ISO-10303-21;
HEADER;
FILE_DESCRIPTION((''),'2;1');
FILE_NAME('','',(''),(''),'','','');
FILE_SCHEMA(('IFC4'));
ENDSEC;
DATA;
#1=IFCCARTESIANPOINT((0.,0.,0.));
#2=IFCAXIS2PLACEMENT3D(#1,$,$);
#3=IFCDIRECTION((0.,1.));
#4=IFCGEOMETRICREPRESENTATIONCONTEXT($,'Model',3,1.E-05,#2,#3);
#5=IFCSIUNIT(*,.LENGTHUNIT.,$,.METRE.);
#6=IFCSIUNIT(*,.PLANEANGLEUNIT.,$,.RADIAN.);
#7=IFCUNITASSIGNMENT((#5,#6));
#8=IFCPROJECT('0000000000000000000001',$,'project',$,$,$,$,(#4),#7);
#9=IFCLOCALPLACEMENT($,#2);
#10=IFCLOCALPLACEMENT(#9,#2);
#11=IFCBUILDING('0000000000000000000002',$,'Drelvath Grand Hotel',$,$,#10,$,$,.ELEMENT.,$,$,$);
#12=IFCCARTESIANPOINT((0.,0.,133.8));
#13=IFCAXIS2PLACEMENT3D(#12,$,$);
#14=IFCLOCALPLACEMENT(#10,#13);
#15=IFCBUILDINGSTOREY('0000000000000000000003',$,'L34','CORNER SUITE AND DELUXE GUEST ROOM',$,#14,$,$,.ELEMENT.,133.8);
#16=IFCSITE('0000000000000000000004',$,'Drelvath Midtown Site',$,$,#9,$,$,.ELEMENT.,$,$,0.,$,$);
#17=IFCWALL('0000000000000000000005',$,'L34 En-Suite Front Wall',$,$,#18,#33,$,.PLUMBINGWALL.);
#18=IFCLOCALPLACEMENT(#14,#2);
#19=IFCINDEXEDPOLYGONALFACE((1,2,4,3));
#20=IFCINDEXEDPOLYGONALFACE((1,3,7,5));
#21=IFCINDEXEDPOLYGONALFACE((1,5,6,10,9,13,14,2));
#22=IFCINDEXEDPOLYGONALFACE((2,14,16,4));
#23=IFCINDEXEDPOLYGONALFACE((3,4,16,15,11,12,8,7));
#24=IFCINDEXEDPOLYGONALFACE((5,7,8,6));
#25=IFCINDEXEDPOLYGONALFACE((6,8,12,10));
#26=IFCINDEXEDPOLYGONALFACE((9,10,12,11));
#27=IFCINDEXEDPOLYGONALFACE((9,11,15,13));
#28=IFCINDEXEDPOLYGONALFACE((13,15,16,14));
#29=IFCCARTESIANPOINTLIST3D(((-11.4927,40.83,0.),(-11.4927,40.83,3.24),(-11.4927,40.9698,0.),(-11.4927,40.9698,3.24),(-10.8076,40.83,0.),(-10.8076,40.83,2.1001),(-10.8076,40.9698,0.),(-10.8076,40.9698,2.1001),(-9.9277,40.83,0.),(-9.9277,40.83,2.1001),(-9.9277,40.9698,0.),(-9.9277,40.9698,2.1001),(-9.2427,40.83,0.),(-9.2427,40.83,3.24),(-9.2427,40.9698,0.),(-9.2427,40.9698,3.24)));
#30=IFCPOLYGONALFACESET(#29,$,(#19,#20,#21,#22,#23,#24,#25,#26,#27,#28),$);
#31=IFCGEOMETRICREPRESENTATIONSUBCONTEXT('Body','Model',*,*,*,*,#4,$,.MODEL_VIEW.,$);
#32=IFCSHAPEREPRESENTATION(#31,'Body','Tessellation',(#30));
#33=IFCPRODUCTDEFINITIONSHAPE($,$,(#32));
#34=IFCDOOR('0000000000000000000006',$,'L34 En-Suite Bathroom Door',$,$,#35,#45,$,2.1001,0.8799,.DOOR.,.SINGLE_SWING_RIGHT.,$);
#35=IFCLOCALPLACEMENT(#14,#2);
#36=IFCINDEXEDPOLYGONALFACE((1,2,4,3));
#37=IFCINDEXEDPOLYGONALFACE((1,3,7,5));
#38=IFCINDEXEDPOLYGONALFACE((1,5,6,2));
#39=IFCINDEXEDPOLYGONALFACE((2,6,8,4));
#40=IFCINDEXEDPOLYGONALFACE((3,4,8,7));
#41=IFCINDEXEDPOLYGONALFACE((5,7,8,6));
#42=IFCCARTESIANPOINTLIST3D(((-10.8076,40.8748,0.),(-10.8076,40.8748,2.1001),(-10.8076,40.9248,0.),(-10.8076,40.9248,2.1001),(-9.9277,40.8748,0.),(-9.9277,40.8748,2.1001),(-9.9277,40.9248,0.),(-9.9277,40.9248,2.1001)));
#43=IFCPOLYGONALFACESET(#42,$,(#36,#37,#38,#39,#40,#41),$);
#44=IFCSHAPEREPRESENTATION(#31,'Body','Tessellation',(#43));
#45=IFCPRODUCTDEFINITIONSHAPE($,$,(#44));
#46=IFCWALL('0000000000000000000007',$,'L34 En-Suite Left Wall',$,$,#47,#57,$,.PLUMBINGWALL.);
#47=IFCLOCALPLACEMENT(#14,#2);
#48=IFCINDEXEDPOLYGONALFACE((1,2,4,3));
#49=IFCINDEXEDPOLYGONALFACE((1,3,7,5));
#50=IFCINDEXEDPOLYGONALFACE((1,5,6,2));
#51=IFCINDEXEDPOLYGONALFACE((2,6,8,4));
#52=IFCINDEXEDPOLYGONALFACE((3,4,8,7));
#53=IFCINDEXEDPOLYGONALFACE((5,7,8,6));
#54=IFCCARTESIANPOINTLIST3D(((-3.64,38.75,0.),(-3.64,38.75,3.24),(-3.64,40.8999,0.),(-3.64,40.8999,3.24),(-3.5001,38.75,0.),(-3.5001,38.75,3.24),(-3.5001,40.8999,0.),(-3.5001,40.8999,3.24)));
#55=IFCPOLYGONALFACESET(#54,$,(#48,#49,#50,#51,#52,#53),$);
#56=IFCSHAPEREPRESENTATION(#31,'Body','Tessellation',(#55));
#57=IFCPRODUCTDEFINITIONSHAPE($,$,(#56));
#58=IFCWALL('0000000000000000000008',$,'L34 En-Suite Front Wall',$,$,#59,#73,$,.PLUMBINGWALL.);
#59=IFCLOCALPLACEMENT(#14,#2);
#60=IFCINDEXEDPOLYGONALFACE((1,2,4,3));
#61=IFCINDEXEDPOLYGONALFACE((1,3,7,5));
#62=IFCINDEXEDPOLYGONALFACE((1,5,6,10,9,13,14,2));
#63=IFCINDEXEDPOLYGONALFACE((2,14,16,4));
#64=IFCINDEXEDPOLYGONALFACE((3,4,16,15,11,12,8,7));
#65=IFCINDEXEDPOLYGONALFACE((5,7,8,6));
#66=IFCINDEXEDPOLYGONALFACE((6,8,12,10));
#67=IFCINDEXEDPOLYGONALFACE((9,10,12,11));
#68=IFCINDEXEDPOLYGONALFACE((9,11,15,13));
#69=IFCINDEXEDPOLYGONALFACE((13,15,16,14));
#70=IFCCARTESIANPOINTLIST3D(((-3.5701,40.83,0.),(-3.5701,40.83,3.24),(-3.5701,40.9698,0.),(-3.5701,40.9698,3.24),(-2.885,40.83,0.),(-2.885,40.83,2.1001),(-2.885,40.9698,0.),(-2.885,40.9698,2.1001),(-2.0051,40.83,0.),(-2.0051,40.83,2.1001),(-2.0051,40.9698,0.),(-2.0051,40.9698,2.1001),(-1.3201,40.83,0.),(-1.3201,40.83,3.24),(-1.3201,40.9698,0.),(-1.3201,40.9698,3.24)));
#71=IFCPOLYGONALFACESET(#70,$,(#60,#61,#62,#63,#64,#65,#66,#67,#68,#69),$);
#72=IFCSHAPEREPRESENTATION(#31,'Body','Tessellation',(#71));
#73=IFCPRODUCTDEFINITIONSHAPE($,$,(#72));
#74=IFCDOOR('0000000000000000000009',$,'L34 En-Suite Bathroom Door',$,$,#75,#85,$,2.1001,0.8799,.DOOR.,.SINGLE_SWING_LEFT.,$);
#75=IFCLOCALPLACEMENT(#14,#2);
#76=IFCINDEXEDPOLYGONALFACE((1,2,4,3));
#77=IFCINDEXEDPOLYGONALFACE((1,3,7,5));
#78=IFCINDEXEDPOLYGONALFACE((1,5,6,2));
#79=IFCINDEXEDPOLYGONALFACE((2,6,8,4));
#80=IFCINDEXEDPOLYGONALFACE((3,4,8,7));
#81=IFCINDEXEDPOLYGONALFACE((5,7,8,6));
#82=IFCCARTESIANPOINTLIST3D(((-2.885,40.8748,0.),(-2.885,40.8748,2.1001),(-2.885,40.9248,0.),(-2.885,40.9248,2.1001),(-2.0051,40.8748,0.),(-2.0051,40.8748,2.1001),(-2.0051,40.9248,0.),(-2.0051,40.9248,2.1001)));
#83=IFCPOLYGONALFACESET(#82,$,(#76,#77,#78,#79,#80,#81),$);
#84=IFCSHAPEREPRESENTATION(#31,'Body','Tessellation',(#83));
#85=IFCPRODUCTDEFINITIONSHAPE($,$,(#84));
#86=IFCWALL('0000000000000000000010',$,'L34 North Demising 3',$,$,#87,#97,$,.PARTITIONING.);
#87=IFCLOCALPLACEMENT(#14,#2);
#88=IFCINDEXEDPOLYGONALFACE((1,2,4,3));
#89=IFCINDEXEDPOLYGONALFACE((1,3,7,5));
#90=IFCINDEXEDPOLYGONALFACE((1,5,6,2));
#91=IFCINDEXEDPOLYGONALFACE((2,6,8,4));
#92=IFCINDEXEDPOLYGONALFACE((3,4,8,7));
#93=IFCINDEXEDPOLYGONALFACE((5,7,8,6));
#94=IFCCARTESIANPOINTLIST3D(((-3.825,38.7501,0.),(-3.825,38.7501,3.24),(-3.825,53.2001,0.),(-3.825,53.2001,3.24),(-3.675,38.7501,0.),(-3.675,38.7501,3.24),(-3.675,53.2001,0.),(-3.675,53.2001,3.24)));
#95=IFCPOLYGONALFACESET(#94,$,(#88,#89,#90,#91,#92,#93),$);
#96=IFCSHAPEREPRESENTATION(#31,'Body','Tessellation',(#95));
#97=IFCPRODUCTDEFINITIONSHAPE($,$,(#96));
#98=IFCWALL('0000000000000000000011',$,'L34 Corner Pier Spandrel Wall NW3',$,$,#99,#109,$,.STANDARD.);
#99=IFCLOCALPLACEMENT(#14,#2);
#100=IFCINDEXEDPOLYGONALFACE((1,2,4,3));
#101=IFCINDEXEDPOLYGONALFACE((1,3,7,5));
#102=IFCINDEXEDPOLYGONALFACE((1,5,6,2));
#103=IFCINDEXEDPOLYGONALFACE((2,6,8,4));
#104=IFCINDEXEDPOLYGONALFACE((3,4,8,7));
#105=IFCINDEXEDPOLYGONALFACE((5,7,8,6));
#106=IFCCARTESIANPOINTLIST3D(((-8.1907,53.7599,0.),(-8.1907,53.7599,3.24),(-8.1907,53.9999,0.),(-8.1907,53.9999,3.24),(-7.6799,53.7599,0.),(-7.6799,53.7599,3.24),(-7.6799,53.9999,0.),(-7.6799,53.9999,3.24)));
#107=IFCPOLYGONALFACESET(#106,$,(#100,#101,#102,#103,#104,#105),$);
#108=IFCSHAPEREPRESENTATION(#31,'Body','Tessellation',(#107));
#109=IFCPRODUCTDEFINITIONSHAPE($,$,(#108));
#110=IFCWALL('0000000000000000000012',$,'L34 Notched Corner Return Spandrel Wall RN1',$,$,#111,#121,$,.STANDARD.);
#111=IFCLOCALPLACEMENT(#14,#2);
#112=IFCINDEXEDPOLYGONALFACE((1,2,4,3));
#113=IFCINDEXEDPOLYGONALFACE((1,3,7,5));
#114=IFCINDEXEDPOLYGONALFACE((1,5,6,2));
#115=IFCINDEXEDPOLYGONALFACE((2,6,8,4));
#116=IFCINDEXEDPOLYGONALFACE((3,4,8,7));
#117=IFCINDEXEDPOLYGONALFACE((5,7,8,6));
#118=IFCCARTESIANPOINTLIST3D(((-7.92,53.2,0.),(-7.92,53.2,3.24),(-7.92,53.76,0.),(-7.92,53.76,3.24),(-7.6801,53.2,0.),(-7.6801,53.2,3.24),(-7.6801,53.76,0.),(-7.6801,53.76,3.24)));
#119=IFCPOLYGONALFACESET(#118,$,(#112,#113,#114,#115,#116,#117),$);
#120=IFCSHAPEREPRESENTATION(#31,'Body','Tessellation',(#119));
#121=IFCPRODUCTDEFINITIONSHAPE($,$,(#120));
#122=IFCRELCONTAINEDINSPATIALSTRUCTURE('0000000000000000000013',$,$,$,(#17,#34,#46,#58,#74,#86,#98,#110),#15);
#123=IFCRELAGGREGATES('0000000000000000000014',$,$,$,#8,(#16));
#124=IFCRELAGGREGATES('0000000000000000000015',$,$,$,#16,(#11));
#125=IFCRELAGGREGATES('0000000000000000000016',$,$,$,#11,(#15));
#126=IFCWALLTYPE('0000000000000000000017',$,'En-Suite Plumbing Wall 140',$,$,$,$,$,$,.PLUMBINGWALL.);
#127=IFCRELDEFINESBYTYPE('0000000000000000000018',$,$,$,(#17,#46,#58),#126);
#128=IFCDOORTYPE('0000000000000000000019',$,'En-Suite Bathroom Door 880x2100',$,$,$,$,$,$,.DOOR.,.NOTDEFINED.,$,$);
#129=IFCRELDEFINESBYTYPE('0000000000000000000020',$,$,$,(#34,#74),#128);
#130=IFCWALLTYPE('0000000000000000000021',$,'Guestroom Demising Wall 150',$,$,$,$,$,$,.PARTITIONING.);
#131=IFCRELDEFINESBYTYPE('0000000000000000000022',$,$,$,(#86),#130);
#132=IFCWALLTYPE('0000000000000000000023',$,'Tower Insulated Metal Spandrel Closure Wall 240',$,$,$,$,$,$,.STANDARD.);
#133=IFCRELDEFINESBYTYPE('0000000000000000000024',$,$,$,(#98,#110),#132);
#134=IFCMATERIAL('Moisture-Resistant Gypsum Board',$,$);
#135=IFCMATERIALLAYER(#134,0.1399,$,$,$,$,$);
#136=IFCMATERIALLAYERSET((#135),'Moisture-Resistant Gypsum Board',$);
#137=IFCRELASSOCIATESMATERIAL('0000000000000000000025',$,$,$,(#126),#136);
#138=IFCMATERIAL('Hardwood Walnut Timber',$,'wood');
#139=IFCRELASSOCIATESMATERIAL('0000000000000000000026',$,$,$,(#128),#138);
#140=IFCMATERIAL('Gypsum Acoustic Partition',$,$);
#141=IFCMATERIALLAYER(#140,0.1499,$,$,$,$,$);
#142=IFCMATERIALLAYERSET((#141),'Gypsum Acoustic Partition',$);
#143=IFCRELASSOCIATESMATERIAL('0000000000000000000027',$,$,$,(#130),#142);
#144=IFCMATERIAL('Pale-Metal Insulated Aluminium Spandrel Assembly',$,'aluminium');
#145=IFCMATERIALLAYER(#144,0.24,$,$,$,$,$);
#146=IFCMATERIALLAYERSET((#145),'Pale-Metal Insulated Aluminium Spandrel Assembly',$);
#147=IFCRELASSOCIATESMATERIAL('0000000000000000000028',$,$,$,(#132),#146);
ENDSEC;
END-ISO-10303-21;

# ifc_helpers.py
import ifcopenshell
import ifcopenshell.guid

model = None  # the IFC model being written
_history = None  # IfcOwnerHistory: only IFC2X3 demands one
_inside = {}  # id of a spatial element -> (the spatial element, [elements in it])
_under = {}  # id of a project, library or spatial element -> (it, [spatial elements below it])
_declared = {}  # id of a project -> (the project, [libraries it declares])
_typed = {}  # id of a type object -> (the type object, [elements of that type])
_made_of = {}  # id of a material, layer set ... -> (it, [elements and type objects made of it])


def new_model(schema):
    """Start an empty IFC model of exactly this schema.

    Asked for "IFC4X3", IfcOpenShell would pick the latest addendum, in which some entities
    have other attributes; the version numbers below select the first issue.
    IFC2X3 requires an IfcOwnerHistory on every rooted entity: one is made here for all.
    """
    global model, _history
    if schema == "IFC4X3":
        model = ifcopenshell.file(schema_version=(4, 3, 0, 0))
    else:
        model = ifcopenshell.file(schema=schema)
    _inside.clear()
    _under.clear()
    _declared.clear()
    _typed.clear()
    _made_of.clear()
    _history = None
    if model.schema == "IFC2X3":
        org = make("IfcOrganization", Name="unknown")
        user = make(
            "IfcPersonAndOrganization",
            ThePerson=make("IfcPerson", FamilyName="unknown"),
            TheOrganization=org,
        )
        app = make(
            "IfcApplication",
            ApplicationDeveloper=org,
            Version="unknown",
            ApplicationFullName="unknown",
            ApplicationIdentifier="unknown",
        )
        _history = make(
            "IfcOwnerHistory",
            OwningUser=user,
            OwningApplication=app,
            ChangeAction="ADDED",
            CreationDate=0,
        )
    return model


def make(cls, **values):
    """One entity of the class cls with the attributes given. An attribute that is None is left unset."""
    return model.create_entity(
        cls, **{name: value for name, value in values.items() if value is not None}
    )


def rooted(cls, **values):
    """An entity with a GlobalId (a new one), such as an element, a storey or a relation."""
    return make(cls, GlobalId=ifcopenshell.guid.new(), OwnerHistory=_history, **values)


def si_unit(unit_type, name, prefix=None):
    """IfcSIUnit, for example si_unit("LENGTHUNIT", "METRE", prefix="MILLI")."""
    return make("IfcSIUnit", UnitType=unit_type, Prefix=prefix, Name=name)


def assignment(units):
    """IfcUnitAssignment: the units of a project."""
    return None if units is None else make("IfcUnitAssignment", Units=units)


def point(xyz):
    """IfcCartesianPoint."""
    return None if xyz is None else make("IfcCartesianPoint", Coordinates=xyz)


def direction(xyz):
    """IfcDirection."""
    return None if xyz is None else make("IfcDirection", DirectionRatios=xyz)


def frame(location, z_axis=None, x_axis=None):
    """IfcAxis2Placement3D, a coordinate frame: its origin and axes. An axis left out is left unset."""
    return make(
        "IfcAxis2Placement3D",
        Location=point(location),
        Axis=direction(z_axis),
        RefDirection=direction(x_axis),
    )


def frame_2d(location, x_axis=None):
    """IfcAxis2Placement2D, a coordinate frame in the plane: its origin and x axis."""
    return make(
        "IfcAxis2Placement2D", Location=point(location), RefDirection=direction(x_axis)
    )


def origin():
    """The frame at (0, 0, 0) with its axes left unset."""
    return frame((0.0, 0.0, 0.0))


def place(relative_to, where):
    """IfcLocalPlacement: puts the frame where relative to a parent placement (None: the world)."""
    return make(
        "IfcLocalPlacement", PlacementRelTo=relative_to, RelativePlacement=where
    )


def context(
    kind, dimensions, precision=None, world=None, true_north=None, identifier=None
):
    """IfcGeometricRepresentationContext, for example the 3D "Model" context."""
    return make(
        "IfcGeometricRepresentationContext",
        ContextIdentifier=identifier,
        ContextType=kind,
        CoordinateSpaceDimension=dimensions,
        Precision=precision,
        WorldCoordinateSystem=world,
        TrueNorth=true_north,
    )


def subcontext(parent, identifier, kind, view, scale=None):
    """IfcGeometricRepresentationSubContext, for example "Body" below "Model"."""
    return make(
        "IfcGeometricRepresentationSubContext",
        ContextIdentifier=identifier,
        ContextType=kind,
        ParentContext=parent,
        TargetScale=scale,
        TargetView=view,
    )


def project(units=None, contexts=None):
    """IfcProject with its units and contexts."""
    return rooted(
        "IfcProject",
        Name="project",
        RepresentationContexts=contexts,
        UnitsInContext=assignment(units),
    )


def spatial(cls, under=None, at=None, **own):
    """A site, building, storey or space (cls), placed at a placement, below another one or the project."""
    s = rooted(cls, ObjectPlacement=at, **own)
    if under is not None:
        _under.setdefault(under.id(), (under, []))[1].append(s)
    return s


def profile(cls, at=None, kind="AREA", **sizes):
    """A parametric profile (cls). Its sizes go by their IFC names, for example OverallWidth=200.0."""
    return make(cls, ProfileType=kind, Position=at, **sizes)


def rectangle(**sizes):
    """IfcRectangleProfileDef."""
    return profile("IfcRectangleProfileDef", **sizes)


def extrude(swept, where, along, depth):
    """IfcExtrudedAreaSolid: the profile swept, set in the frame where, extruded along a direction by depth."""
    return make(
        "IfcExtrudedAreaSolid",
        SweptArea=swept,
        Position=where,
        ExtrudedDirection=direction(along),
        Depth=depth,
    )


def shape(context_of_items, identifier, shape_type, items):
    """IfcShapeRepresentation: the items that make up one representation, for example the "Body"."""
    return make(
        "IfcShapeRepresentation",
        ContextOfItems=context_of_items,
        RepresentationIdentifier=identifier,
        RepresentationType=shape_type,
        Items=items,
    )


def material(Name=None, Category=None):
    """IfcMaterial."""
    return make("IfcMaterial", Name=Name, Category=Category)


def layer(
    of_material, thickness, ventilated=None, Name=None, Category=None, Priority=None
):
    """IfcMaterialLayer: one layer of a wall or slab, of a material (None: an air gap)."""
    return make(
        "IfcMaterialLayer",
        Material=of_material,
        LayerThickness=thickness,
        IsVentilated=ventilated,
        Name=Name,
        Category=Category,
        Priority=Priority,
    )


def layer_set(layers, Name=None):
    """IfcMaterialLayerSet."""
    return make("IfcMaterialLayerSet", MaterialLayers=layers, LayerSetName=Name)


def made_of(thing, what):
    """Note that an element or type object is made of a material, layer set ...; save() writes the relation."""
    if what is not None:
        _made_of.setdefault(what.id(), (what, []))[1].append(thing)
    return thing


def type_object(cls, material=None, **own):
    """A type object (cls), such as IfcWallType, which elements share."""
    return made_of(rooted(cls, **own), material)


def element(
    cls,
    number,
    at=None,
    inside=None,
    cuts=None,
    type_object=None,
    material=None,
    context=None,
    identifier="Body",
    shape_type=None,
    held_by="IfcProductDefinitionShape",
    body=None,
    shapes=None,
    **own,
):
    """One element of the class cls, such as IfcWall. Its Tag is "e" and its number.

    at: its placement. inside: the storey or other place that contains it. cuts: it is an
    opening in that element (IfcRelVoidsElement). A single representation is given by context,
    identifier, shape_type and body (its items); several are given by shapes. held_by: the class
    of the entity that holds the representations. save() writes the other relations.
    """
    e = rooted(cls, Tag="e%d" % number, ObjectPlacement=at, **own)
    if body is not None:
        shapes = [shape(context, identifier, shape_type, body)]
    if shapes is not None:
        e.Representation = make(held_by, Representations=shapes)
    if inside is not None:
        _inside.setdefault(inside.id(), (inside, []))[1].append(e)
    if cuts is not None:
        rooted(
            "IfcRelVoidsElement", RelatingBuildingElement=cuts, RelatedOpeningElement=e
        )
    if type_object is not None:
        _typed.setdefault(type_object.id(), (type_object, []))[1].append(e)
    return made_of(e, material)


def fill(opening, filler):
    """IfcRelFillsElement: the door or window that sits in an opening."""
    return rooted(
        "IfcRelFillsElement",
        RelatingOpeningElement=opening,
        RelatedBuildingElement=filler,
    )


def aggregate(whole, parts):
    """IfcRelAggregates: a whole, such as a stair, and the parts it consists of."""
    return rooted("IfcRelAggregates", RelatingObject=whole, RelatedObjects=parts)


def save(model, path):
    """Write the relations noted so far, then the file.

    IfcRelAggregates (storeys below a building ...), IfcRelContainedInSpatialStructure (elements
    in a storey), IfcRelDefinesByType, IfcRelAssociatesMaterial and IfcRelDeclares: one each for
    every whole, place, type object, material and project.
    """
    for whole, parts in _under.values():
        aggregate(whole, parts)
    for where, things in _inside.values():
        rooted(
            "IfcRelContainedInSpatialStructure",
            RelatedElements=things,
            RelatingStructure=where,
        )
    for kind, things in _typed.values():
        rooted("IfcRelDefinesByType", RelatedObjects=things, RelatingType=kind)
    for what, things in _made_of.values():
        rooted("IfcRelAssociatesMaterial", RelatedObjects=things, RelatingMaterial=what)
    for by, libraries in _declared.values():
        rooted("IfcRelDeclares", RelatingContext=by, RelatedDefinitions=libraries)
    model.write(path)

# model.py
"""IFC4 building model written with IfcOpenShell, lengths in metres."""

from ifc_helpers import new_model, si_unit, direction, frame, frame_2d, origin, place, context, subcontext, project, spatial, rectangle, extrude, material, layer, layer_set, type_object, element, fill, save


model = new_model("IFC4")

# Units and contexts
model_context = context("Model", 3, precision=1e-05, world=origin(), true_north=direction((0.0, 1.0)))
body_context = subcontext(model_context, "Body", "Model", "MODEL_VIEW")
ifc_project = project(units=[si_unit("LENGTHUNIT", "METRE"), si_unit("PLANEANGLEUNIT", "RADIAN")], contexts=[model_context])

# Site, building, storey
site_placement = place(None, origin())
site = spatial("IfcSite", under=ifc_project, at=site_placement, Name="Drelvath Midtown Site", CompositionType="ELEMENT", RefElevation=0.0)
building_placement = place(site_placement, origin())
building = spatial("IfcBuilding", under=site, at=building_placement, Name="Drelvath Grand Hotel", CompositionType="ELEMENT")
storey_placement = place(building_placement, frame((0.0, 0.0, 133.8)))
storey = spatial("IfcBuildingStorey", under=building, at=storey_placement, Name="L34", Description="CORNER SUITE AND DELUXE GUEST ROOM", CompositionType="ELEMENT", Elevation=133.8)

# Wall, opening, door
ifc_material_1 = material(Name="Moisture-Resistant Gypsum Board")
ifc_layer_1 = layer(ifc_material_1, 0.1399)
ifc_layer_set_1 = layer_set([ifc_layer_1], Name="Moisture-Resistant Gypsum Board")
wall_type_1 = type_object("IfcWallType", Name="En-Suite Plumbing Wall 140", PredefinedType="PLUMBINGWALL", material=ifc_layer_set_1)
ifc_material_2 = material(Name="Hardwood Walnut Timber", Category="wood")
door_type = type_object("IfcDoorType", Name="En-Suite Bathroom Door 880x2100", OperationType="NOTDEFINED", PredefinedType="DOOR", material=ifc_material_2)
wall_1_placement = place(storey_placement, frame((-11.4927, 40.8999, 0.0), z_axis=(0.0, 0.0, 1.0), x_axis=(1.0, 0.0, 0.0)))
wall_1 = element("IfcWall", 1, at=wall_1_placement, inside=storey, type_object=wall_type_1, Name="L34 En-Suite Front Wall", PredefinedType="PLUMBINGWALL", context=body_context, shape_type="SweptSolid", body=[
    extrude(rectangle(XDim=2.25, YDim=0.1399, at=frame_2d((1.125, 0.0))), origin(), (0.0, 0.0, 1.0), 3.24),
])
opening_1_placement = place(wall_1_placement, frame((0.6851, 0.0, 0.0)))
opening_1 = element("IfcOpeningElement", 2, at=opening_1_placement, cuts=wall_1, PredefinedType="OPENING", context=body_context, shape_type="SweptSolid", body=[
    extrude(rectangle(XDim=0.8799, YDim=2.1001, at=frame_2d((0.4399, 1.05))), frame((0.0, 0.0798, 0.0), z_axis=(0.0, -1.0, 0.0), x_axis=(1.0, 0.0, 0.0)), (0.0, 0.0, 1.0), 0.1599),
])
door_1_placement = place(opening_1_placement, origin())
door_1 = element("IfcDoor", 3, at=door_1_placement, inside=storey, type_object=door_type, Name="L34 En-Suite Bathroom Door", OperationType="SINGLE_SWING_RIGHT", OverallHeight=2.1001, OverallWidth=0.8799, PredefinedType="DOOR", context=body_context, shape_type="SweptSolid", body=[
    extrude(rectangle(XDim=0.8799, YDim=2.1001, at=frame_2d((0.4399, 1.05))), frame((0.0, 0.0249, 0.0), z_axis=(0.0, -1.0, 0.0), x_axis=(1.0, 0.0, 0.0)), (0.0, 0.0, 1.0), 0.05),
])
fill(opening_1, door_1)

# Wall
wall_2_placement = place(storey_placement, frame((-3.5701, 38.75, 0.0), z_axis=(0.0, 0.0, 1.0), x_axis=(0.0, 1.0, 0.0)))
element("IfcWall", 4, at=wall_2_placement, inside=storey, type_object=wall_type_1, Name="L34 En-Suite Left Wall", PredefinedType="PLUMBINGWALL", context=body_context, shape_type="SweptSolid", body=[
    extrude(rectangle(XDim=2.1499, YDim=0.1399, at=frame_2d((1.075, 0.0))), origin(), (0.0, 0.0, 1.0), 3.24),
])

# Wall, opening, door
wall_3_placement = place(storey_placement, frame((-3.5701, 40.8999, 0.0), z_axis=(0.0, 0.0, 1.0), x_axis=(1.0, 0.0, 0.0)))
wall_3 = element("IfcWall", 5, at=wall_3_placement, inside=storey, type_object=wall_type_1, Name="L34 En-Suite Front Wall", PredefinedType="PLUMBINGWALL", context=body_context, shape_type="SweptSolid", body=[
    extrude(rectangle(XDim=2.25, YDim=0.1399, at=frame_2d((1.125, 0.0))), origin(), (0.0, 0.0, 1.0), 3.24),
])
opening_2_placement = place(wall_3_placement, frame((0.6851, 0.0, 0.0)))
opening_2 = element("IfcOpeningElement", 6, at=opening_2_placement, cuts=wall_3, PredefinedType="OPENING", context=body_context, shape_type="SweptSolid", body=[
    extrude(rectangle(XDim=0.8799, YDim=2.1001, at=frame_2d((0.4399, 1.05))), frame((0.0, 0.0798, 0.0), z_axis=(0.0, -1.0, 0.0), x_axis=(1.0, 0.0, 0.0)), (0.0, 0.0, 1.0), 0.1599),
])
door_2_placement = place(opening_2_placement, origin())
door_2 = element("IfcDoor", 7, at=door_2_placement, inside=storey, type_object=door_type, Name="L34 En-Suite Bathroom Door", OperationType="SINGLE_SWING_LEFT", OverallHeight=2.1001, OverallWidth=0.8799, PredefinedType="DOOR", context=body_context, shape_type="SweptSolid", body=[
    extrude(rectangle(XDim=0.8799, YDim=2.1001, at=frame_2d((0.4399, 1.05))), frame((0.0, 0.0249, 0.0), z_axis=(0.0, -1.0, 0.0), x_axis=(1.0, 0.0, 0.0)), (0.0, 0.0, 1.0), 0.05),
])
fill(opening_2, door_2)

# Walls
ifc_material_3 = material(Name="Gypsum Acoustic Partition")
ifc_layer_2 = layer(ifc_material_3, 0.1499)
ifc_layer_set_2 = layer_set([ifc_layer_2], Name="Gypsum Acoustic Partition")
wall_type_2 = type_object("IfcWallType", Name="Guestroom Demising Wall 150", PredefinedType="PARTITIONING", material=ifc_layer_set_2)
wall_4_placement = place(storey_placement, frame((-3.75, 38.75, 0.0), z_axis=(0.0, 0.0, 1.0), x_axis=(0.0, 1.0, 0.0)))
element("IfcWall", 8, at=wall_4_placement, inside=storey, type_object=wall_type_2, Name="L34 North Demising 3", PredefinedType="PARTITIONING", context=body_context, shape_type="SweptSolid", body=[
    extrude(rectangle(XDim=14.45, YDim=0.1499, at=frame_2d((7.2251, 0.0))), origin(), (0.0, 0.0, 1.0), 3.24),
])
ifc_material_4 = material(Name="Pale-Metal Insulated Aluminium Spandrel Assembly", Category="aluminium")
ifc_layer_3 = layer(ifc_material_4, 0.24)
ifc_layer_set_3 = layer_set([ifc_layer_3], Name="Pale-Metal Insulated Aluminium Spandrel Assembly")
wall_type_3 = type_object("IfcWallType", Name="Tower Insulated Metal Spandrel Closure Wall 240", PredefinedType="STANDARD", material=ifc_layer_set_3)
wall_5_placement = place(storey_placement, frame((-8.1907, 53.8799, 0.0), z_axis=(0.0, 0.0, 1.0), x_axis=(1.0, 0.0, 0.0)))
element("IfcWall", 9, at=wall_5_placement, inside=storey, type_object=wall_type_3, Name="L34 Corner Pier Spandrel Wall NW3", PredefinedType="STANDARD", context=body_context, shape_type="SweptSolid", body=[
    extrude(rectangle(XDim=0.5107, YDim=0.24, at=frame_2d((0.2554, 0.0))), origin(), (0.0, 0.0, 1.0), 3.24),
])
wall_6_placement = place(storey_placement, frame((-7.8, 53.76, 0.0), z_axis=(0.0, 0.0, 1.0), x_axis=(0.0, -1.0, 0.0)))
element("IfcWall", 10, at=wall_6_placement, inside=storey, type_object=wall_type_3, Name="L34 Notched Corner Return Spandrel Wall RN1", PredefinedType="STANDARD", context=body_context, shape_type="SweptSolid", body=[
    extrude(rectangle(XDim=0.5601, YDim=0.24, at=frame_2d((0.28, 0.0))), origin(), (0.0, 0.0, 1.0), 3.24),
])

save(model, "model.ifc")
